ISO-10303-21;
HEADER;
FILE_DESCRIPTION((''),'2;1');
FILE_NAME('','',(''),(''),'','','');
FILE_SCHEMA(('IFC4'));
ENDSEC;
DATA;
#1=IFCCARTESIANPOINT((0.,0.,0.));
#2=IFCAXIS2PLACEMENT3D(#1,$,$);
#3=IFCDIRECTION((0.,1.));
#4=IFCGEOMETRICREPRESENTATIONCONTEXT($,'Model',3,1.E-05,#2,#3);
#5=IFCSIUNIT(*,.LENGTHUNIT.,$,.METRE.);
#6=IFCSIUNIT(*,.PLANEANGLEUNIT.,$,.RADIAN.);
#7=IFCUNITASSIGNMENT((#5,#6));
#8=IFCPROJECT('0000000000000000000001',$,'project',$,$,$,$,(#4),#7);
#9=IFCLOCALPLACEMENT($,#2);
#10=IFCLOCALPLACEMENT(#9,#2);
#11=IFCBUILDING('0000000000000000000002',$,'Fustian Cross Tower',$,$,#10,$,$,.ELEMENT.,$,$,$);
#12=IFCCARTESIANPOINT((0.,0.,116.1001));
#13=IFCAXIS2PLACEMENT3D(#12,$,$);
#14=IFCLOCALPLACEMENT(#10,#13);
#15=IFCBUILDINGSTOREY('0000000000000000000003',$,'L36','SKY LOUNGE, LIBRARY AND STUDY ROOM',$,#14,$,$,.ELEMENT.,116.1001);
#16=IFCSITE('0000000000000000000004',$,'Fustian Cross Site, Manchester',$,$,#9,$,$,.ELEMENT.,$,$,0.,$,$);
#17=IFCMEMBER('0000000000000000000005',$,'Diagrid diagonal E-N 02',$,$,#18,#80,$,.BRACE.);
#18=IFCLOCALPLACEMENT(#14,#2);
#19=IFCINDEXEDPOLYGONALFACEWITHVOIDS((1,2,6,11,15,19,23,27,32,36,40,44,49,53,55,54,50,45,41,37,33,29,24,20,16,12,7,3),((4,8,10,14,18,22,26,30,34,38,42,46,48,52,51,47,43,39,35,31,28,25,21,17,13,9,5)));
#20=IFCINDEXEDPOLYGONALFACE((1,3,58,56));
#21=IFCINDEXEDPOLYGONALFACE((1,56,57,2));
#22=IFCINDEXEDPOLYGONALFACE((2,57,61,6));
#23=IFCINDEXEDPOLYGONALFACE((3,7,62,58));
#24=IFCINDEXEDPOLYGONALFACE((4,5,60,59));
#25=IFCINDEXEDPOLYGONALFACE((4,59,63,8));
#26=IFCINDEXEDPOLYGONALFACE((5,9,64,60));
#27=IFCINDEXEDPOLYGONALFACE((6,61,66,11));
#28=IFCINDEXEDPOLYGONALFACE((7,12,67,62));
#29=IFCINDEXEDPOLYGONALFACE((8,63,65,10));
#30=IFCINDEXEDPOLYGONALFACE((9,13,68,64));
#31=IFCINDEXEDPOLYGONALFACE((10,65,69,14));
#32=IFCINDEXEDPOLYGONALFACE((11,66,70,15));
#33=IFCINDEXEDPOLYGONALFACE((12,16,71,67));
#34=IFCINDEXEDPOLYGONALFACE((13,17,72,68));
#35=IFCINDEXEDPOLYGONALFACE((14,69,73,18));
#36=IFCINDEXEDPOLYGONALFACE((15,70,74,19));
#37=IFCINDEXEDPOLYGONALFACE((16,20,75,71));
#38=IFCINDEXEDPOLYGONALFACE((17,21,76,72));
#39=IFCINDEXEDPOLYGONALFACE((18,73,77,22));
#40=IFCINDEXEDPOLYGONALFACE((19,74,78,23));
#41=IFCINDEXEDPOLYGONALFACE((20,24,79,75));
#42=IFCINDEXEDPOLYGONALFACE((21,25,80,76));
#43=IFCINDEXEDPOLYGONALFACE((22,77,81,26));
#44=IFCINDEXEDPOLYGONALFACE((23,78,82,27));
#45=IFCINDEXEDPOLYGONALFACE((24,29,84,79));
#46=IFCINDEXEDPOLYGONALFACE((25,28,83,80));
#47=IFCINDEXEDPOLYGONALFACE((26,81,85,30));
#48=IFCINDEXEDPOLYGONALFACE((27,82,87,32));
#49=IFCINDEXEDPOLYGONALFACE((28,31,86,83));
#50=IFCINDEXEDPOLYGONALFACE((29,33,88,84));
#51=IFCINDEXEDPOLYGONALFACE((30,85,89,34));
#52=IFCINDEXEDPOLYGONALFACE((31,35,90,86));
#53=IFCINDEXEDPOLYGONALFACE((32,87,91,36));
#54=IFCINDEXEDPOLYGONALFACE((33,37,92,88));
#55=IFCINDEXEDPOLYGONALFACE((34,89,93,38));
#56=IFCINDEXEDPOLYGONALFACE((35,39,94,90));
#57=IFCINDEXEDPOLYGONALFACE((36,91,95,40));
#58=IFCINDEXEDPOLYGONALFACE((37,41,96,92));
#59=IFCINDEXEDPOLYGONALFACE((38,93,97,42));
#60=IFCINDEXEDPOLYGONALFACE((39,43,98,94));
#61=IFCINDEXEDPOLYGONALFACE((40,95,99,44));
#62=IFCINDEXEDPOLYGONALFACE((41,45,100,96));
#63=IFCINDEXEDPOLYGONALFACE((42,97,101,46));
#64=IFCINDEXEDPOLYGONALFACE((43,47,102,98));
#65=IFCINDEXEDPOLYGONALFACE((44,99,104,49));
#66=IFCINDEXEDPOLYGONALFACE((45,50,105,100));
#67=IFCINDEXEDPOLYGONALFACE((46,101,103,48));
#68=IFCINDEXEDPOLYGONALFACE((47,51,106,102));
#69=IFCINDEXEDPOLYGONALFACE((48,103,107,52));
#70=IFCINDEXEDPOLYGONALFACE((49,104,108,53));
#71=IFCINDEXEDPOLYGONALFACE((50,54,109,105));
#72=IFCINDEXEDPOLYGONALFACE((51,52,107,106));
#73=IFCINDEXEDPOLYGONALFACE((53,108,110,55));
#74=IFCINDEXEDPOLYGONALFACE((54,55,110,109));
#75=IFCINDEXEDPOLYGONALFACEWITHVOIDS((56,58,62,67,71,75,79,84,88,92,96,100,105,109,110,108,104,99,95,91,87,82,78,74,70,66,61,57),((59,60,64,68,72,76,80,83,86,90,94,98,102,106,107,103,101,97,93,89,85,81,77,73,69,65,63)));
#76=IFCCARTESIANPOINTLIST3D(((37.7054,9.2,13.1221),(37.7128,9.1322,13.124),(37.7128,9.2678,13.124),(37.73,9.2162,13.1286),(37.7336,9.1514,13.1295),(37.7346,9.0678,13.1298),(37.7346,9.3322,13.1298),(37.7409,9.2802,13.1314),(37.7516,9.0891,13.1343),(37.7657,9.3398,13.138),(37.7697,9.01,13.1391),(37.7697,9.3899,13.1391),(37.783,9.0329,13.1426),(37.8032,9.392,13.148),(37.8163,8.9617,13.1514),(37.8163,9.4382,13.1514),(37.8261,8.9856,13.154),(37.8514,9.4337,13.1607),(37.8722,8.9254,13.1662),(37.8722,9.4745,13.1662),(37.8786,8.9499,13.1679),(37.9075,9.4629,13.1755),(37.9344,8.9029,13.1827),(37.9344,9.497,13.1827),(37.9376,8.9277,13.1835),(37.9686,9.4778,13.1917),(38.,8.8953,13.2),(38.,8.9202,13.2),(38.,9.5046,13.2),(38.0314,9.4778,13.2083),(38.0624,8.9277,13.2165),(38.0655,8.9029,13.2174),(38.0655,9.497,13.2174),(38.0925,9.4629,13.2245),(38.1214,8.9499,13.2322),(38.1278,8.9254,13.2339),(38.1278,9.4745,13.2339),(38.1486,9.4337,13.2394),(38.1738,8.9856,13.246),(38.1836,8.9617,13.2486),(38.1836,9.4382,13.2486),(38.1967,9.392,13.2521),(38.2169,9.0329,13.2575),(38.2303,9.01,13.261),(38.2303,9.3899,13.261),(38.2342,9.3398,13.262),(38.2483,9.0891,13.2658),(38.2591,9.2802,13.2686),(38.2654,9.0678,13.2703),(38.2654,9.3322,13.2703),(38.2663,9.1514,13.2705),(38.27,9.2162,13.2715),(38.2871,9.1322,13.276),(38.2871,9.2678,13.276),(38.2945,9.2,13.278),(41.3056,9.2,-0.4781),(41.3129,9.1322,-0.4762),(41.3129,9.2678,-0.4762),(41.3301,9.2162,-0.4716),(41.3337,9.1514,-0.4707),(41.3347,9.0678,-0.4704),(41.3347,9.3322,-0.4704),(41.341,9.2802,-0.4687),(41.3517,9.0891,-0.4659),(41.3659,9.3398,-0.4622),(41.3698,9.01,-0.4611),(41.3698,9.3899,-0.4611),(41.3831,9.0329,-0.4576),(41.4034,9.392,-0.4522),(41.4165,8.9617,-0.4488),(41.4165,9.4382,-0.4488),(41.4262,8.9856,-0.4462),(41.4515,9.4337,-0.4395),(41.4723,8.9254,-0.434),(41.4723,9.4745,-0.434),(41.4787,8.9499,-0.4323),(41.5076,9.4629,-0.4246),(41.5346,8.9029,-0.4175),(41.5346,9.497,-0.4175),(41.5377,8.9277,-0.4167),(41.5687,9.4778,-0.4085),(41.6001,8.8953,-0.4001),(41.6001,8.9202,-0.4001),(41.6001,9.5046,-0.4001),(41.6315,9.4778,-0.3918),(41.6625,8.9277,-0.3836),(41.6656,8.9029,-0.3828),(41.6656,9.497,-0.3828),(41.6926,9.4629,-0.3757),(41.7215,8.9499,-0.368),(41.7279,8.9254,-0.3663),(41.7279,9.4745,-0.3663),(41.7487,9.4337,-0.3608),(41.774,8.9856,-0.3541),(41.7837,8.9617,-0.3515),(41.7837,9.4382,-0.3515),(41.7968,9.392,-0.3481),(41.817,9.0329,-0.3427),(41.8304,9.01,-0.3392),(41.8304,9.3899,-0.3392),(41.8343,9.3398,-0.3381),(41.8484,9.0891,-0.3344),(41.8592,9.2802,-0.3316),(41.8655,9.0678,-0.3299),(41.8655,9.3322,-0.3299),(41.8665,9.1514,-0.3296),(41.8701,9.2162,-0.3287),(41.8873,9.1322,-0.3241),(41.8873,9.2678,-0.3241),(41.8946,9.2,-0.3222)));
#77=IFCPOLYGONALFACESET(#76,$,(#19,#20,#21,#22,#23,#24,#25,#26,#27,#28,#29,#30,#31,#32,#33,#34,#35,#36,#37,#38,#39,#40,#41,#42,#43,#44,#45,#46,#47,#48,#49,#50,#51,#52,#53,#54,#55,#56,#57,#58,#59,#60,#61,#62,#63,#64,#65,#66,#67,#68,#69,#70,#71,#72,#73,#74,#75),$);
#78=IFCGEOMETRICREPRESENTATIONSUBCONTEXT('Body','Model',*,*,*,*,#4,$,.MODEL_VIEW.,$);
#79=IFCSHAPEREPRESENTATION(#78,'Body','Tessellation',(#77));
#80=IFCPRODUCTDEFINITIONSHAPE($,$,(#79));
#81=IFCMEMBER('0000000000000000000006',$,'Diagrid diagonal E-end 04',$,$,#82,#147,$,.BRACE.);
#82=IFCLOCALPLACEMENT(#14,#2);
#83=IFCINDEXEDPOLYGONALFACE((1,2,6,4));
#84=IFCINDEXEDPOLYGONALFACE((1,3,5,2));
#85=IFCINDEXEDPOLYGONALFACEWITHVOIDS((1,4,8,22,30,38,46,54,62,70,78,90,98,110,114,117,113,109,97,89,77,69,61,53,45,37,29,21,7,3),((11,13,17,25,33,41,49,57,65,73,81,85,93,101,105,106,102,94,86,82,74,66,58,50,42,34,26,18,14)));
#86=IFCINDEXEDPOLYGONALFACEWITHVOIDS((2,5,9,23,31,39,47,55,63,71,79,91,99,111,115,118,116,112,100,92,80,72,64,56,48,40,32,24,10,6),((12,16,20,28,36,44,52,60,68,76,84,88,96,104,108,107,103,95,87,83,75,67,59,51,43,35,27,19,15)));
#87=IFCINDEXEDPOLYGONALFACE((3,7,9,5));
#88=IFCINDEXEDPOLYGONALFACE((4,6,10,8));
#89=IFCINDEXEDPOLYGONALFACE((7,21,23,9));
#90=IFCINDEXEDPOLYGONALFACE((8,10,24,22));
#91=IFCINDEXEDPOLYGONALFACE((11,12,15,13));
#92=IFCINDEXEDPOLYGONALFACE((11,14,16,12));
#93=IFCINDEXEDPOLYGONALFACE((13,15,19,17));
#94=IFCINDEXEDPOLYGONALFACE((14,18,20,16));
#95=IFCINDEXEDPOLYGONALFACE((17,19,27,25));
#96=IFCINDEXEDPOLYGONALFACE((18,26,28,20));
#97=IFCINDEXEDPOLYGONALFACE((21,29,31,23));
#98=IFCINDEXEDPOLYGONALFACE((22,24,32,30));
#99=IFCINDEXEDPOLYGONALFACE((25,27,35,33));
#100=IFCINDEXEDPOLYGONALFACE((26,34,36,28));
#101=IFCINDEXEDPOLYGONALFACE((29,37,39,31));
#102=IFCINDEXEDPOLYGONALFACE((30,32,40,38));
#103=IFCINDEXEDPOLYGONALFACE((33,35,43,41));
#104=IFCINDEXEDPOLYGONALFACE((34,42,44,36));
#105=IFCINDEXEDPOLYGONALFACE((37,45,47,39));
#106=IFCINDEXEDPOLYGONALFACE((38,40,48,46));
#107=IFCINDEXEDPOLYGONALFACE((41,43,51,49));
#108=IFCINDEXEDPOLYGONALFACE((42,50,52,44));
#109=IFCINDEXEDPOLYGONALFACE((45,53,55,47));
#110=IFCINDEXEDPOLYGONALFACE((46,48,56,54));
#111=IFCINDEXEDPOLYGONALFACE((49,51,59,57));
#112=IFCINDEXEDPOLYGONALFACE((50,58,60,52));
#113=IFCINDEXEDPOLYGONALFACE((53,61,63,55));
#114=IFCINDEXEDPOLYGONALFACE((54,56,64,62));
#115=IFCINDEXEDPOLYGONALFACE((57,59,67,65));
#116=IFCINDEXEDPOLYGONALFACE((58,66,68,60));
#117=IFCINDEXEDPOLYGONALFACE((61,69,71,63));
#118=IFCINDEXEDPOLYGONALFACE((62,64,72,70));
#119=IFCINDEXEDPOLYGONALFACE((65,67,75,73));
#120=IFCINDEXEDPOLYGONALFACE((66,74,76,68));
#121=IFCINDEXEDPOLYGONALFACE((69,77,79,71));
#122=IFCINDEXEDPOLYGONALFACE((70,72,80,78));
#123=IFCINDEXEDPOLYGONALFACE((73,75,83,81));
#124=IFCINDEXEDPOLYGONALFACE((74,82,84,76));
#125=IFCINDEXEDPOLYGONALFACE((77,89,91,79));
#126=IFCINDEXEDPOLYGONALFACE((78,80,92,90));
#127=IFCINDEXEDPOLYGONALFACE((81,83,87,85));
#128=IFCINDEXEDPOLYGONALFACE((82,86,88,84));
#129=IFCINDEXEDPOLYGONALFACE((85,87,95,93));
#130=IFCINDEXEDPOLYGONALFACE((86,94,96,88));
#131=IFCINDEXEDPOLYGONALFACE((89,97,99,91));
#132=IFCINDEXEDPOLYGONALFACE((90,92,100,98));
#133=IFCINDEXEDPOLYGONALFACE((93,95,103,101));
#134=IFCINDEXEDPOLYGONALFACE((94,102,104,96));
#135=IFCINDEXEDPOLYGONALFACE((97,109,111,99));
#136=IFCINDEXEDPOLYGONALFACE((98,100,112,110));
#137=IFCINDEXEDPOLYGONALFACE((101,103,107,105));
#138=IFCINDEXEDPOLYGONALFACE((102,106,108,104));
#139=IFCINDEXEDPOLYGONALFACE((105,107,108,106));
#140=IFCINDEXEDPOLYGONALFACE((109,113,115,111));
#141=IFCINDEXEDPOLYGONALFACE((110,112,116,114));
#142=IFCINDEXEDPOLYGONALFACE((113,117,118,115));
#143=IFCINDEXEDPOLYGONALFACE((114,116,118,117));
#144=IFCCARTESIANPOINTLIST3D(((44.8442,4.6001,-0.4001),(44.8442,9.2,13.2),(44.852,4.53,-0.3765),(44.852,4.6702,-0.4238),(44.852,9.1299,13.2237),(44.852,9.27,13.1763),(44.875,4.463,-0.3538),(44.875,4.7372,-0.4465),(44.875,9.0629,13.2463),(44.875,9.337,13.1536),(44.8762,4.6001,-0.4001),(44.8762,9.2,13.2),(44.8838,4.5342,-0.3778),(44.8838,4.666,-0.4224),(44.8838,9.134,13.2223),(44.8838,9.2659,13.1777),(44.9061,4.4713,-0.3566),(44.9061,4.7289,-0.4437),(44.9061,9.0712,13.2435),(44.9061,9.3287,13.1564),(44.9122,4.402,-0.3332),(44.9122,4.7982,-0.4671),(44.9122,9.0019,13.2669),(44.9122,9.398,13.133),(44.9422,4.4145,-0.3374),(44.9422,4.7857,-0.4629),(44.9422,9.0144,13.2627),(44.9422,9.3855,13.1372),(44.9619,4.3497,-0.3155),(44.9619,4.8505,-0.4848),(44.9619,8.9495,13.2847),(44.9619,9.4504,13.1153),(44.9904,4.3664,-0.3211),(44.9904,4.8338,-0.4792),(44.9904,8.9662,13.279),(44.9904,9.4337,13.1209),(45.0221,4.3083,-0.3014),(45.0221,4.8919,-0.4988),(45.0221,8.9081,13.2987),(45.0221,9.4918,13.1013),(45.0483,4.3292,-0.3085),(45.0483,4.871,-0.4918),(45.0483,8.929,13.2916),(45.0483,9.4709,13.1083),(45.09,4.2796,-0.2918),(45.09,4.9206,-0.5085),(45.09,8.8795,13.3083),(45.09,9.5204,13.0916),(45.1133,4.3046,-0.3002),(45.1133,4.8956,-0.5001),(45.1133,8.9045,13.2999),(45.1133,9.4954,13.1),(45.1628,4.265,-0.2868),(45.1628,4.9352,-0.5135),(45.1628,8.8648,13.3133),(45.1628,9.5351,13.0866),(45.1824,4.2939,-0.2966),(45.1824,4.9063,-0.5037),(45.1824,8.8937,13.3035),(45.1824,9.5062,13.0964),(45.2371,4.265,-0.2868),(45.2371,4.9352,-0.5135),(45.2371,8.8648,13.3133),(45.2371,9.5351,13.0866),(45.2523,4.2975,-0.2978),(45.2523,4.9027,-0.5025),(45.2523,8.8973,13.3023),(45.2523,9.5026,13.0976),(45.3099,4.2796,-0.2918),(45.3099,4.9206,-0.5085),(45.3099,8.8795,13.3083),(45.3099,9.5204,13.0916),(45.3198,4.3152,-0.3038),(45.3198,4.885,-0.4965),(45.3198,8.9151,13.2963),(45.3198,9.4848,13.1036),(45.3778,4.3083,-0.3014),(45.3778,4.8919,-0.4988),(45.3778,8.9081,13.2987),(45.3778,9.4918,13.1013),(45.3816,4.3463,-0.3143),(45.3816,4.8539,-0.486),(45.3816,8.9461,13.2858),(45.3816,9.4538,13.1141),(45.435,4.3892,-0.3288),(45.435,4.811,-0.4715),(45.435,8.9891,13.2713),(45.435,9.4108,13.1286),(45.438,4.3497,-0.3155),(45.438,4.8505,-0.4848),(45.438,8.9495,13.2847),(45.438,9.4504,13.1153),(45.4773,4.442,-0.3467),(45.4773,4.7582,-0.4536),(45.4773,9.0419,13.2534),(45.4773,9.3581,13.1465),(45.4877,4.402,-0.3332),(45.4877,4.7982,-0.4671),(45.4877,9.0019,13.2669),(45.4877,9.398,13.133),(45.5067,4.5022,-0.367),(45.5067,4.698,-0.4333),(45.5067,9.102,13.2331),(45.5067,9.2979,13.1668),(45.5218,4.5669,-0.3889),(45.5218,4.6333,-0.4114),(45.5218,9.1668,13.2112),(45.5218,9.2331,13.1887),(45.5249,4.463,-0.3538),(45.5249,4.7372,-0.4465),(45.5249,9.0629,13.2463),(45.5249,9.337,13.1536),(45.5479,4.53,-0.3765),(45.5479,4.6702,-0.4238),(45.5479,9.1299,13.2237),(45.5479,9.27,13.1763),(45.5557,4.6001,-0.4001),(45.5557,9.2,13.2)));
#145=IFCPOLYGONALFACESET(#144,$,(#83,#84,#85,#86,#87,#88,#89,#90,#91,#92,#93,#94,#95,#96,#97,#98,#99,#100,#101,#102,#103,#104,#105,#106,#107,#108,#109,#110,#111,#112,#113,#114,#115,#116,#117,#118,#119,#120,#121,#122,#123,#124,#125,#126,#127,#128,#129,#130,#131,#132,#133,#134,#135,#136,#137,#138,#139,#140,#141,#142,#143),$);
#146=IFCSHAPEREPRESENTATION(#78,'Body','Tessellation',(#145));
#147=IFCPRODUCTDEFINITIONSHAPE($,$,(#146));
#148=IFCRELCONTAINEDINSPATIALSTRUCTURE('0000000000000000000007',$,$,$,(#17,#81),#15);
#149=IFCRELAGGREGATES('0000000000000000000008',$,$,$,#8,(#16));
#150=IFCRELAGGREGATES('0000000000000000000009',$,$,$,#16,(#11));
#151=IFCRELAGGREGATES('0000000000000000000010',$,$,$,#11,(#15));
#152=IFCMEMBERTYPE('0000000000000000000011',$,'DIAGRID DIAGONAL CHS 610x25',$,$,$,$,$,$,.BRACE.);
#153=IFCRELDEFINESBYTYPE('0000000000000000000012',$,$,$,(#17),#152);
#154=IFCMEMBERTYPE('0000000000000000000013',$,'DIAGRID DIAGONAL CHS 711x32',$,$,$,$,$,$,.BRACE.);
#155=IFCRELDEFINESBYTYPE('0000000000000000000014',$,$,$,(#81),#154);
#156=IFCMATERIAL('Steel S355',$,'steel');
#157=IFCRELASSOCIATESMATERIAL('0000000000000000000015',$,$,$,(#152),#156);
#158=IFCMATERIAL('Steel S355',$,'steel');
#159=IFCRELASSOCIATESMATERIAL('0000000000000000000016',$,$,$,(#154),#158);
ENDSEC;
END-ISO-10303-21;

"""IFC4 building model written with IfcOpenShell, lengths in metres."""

from ifc_helpers import new_model, si_unit, direction, frame, origin, origin_2d, place, context, subcontext, project, spatial, hollow_circle, extrude, material, material_profile, profile_set, type_object, element, save


model = new_model("IFC4")

# Units and contexts
model_context = context("Model", 3, precision=1e-05, world=origin(), true_north=direction((0.0, 1.0)))
body_context = subcontext(model_context, "Body", "Model", "MODEL_VIEW")
ifc_project = project(units=[si_unit("LENGTHUNIT", "METRE"), si_unit("PLANEANGLEUNIT", "RADIAN")], contexts=[model_context])

# Site, building, storey
site_placement = place(None, origin())
site = spatial("IfcSite", under=ifc_project, at=site_placement, Name="Fustian Cross Site, Manchester", CompositionType="ELEMENT", RefElevation=0.0)
building_placement = place(site_placement, origin())
building = spatial("IfcBuilding", under=site, at=building_placement, Name="Fustian Cross Tower", CompositionType="ELEMENT")
storey_placement = place(building_placement, frame((0.0, 0.0, 116.1001)))
storey = spatial("IfcBuildingStorey", under=building, at=storey_placement, Name="L36", Description="SKY LOUNGE, LIBRARY AND STUDY ROOM", CompositionType="ELEMENT", Elevation=116.1001)

# Members
ifc_material_1 = material(Name="Steel S355", Category="steel")
ifc_material_profile_1 = material_profile(ifc_material_1, hollow_circle(Radius=0.3047, WallThickness=0.0249, at=origin_2d()), Name="CHS 610x25")
ifc_profile_set_1 = profile_set([ifc_material_profile_1], Name="Steel S355")
member_type_1 = type_object("IfcMemberType", Name="DIAGRID DIAGONAL CHS 610x25", PredefinedType="BRACE", material=ifc_profile_set_1)
member_1_placement = place(storey_placement, frame((41.6001, 9.2, -0.4001), z_axis=(-0.255897, 0.0, 0.966704), x_axis=(0.0, -1.0, 0.0)))
element("IfcMember", 1, at=member_1_placement, inside=storey, type_object=member_type_1, Name="Diagrid diagonal E-N 02", PredefinedType="BRACE", context=body_context, shape_type="SweptSolid", body=[
    extrude(hollow_circle(Radius=0.3047, WallThickness=0.0249, at=origin_2d()), origin(), (0.0, 0.0, 1.0), 14.0686),
])
ifc_material_2 = material(Name="Steel S355", Category="steel")
ifc_material_profile_2 = material_profile(ifc_material_2, hollow_circle(Radius=0.3557, WallThickness=0.032, at=origin_2d()), Name="CHS 711x32")
ifc_profile_set_2 = profile_set([ifc_material_profile_2], Name="Steel S355")
member_type_2 = type_object("IfcMemberType", Name="DIAGRID DIAGONAL CHS 711x32", PredefinedType="BRACE", material=ifc_profile_set_2)
member_2_placement = place(storey_placement, frame((45.2, 4.6001, -0.4001), z_axis=(0.0, 0.320393, 0.947285), x_axis=(-1.0, 0.0, 0.0)))
element("IfcMember", 2, at=member_2_placement, inside=storey, type_object=member_type_2, Name="Diagrid diagonal E-end 04", PredefinedType="BRACE", context=body_context, shape_type="SweptSolid", body=[
    extrude(hollow_circle(Radius=0.3557, WallThickness=0.032, at=origin_2d()), origin(), (0.0, 0.0, 1.0), 14.3569),
])

save(model, "model.ifc")
